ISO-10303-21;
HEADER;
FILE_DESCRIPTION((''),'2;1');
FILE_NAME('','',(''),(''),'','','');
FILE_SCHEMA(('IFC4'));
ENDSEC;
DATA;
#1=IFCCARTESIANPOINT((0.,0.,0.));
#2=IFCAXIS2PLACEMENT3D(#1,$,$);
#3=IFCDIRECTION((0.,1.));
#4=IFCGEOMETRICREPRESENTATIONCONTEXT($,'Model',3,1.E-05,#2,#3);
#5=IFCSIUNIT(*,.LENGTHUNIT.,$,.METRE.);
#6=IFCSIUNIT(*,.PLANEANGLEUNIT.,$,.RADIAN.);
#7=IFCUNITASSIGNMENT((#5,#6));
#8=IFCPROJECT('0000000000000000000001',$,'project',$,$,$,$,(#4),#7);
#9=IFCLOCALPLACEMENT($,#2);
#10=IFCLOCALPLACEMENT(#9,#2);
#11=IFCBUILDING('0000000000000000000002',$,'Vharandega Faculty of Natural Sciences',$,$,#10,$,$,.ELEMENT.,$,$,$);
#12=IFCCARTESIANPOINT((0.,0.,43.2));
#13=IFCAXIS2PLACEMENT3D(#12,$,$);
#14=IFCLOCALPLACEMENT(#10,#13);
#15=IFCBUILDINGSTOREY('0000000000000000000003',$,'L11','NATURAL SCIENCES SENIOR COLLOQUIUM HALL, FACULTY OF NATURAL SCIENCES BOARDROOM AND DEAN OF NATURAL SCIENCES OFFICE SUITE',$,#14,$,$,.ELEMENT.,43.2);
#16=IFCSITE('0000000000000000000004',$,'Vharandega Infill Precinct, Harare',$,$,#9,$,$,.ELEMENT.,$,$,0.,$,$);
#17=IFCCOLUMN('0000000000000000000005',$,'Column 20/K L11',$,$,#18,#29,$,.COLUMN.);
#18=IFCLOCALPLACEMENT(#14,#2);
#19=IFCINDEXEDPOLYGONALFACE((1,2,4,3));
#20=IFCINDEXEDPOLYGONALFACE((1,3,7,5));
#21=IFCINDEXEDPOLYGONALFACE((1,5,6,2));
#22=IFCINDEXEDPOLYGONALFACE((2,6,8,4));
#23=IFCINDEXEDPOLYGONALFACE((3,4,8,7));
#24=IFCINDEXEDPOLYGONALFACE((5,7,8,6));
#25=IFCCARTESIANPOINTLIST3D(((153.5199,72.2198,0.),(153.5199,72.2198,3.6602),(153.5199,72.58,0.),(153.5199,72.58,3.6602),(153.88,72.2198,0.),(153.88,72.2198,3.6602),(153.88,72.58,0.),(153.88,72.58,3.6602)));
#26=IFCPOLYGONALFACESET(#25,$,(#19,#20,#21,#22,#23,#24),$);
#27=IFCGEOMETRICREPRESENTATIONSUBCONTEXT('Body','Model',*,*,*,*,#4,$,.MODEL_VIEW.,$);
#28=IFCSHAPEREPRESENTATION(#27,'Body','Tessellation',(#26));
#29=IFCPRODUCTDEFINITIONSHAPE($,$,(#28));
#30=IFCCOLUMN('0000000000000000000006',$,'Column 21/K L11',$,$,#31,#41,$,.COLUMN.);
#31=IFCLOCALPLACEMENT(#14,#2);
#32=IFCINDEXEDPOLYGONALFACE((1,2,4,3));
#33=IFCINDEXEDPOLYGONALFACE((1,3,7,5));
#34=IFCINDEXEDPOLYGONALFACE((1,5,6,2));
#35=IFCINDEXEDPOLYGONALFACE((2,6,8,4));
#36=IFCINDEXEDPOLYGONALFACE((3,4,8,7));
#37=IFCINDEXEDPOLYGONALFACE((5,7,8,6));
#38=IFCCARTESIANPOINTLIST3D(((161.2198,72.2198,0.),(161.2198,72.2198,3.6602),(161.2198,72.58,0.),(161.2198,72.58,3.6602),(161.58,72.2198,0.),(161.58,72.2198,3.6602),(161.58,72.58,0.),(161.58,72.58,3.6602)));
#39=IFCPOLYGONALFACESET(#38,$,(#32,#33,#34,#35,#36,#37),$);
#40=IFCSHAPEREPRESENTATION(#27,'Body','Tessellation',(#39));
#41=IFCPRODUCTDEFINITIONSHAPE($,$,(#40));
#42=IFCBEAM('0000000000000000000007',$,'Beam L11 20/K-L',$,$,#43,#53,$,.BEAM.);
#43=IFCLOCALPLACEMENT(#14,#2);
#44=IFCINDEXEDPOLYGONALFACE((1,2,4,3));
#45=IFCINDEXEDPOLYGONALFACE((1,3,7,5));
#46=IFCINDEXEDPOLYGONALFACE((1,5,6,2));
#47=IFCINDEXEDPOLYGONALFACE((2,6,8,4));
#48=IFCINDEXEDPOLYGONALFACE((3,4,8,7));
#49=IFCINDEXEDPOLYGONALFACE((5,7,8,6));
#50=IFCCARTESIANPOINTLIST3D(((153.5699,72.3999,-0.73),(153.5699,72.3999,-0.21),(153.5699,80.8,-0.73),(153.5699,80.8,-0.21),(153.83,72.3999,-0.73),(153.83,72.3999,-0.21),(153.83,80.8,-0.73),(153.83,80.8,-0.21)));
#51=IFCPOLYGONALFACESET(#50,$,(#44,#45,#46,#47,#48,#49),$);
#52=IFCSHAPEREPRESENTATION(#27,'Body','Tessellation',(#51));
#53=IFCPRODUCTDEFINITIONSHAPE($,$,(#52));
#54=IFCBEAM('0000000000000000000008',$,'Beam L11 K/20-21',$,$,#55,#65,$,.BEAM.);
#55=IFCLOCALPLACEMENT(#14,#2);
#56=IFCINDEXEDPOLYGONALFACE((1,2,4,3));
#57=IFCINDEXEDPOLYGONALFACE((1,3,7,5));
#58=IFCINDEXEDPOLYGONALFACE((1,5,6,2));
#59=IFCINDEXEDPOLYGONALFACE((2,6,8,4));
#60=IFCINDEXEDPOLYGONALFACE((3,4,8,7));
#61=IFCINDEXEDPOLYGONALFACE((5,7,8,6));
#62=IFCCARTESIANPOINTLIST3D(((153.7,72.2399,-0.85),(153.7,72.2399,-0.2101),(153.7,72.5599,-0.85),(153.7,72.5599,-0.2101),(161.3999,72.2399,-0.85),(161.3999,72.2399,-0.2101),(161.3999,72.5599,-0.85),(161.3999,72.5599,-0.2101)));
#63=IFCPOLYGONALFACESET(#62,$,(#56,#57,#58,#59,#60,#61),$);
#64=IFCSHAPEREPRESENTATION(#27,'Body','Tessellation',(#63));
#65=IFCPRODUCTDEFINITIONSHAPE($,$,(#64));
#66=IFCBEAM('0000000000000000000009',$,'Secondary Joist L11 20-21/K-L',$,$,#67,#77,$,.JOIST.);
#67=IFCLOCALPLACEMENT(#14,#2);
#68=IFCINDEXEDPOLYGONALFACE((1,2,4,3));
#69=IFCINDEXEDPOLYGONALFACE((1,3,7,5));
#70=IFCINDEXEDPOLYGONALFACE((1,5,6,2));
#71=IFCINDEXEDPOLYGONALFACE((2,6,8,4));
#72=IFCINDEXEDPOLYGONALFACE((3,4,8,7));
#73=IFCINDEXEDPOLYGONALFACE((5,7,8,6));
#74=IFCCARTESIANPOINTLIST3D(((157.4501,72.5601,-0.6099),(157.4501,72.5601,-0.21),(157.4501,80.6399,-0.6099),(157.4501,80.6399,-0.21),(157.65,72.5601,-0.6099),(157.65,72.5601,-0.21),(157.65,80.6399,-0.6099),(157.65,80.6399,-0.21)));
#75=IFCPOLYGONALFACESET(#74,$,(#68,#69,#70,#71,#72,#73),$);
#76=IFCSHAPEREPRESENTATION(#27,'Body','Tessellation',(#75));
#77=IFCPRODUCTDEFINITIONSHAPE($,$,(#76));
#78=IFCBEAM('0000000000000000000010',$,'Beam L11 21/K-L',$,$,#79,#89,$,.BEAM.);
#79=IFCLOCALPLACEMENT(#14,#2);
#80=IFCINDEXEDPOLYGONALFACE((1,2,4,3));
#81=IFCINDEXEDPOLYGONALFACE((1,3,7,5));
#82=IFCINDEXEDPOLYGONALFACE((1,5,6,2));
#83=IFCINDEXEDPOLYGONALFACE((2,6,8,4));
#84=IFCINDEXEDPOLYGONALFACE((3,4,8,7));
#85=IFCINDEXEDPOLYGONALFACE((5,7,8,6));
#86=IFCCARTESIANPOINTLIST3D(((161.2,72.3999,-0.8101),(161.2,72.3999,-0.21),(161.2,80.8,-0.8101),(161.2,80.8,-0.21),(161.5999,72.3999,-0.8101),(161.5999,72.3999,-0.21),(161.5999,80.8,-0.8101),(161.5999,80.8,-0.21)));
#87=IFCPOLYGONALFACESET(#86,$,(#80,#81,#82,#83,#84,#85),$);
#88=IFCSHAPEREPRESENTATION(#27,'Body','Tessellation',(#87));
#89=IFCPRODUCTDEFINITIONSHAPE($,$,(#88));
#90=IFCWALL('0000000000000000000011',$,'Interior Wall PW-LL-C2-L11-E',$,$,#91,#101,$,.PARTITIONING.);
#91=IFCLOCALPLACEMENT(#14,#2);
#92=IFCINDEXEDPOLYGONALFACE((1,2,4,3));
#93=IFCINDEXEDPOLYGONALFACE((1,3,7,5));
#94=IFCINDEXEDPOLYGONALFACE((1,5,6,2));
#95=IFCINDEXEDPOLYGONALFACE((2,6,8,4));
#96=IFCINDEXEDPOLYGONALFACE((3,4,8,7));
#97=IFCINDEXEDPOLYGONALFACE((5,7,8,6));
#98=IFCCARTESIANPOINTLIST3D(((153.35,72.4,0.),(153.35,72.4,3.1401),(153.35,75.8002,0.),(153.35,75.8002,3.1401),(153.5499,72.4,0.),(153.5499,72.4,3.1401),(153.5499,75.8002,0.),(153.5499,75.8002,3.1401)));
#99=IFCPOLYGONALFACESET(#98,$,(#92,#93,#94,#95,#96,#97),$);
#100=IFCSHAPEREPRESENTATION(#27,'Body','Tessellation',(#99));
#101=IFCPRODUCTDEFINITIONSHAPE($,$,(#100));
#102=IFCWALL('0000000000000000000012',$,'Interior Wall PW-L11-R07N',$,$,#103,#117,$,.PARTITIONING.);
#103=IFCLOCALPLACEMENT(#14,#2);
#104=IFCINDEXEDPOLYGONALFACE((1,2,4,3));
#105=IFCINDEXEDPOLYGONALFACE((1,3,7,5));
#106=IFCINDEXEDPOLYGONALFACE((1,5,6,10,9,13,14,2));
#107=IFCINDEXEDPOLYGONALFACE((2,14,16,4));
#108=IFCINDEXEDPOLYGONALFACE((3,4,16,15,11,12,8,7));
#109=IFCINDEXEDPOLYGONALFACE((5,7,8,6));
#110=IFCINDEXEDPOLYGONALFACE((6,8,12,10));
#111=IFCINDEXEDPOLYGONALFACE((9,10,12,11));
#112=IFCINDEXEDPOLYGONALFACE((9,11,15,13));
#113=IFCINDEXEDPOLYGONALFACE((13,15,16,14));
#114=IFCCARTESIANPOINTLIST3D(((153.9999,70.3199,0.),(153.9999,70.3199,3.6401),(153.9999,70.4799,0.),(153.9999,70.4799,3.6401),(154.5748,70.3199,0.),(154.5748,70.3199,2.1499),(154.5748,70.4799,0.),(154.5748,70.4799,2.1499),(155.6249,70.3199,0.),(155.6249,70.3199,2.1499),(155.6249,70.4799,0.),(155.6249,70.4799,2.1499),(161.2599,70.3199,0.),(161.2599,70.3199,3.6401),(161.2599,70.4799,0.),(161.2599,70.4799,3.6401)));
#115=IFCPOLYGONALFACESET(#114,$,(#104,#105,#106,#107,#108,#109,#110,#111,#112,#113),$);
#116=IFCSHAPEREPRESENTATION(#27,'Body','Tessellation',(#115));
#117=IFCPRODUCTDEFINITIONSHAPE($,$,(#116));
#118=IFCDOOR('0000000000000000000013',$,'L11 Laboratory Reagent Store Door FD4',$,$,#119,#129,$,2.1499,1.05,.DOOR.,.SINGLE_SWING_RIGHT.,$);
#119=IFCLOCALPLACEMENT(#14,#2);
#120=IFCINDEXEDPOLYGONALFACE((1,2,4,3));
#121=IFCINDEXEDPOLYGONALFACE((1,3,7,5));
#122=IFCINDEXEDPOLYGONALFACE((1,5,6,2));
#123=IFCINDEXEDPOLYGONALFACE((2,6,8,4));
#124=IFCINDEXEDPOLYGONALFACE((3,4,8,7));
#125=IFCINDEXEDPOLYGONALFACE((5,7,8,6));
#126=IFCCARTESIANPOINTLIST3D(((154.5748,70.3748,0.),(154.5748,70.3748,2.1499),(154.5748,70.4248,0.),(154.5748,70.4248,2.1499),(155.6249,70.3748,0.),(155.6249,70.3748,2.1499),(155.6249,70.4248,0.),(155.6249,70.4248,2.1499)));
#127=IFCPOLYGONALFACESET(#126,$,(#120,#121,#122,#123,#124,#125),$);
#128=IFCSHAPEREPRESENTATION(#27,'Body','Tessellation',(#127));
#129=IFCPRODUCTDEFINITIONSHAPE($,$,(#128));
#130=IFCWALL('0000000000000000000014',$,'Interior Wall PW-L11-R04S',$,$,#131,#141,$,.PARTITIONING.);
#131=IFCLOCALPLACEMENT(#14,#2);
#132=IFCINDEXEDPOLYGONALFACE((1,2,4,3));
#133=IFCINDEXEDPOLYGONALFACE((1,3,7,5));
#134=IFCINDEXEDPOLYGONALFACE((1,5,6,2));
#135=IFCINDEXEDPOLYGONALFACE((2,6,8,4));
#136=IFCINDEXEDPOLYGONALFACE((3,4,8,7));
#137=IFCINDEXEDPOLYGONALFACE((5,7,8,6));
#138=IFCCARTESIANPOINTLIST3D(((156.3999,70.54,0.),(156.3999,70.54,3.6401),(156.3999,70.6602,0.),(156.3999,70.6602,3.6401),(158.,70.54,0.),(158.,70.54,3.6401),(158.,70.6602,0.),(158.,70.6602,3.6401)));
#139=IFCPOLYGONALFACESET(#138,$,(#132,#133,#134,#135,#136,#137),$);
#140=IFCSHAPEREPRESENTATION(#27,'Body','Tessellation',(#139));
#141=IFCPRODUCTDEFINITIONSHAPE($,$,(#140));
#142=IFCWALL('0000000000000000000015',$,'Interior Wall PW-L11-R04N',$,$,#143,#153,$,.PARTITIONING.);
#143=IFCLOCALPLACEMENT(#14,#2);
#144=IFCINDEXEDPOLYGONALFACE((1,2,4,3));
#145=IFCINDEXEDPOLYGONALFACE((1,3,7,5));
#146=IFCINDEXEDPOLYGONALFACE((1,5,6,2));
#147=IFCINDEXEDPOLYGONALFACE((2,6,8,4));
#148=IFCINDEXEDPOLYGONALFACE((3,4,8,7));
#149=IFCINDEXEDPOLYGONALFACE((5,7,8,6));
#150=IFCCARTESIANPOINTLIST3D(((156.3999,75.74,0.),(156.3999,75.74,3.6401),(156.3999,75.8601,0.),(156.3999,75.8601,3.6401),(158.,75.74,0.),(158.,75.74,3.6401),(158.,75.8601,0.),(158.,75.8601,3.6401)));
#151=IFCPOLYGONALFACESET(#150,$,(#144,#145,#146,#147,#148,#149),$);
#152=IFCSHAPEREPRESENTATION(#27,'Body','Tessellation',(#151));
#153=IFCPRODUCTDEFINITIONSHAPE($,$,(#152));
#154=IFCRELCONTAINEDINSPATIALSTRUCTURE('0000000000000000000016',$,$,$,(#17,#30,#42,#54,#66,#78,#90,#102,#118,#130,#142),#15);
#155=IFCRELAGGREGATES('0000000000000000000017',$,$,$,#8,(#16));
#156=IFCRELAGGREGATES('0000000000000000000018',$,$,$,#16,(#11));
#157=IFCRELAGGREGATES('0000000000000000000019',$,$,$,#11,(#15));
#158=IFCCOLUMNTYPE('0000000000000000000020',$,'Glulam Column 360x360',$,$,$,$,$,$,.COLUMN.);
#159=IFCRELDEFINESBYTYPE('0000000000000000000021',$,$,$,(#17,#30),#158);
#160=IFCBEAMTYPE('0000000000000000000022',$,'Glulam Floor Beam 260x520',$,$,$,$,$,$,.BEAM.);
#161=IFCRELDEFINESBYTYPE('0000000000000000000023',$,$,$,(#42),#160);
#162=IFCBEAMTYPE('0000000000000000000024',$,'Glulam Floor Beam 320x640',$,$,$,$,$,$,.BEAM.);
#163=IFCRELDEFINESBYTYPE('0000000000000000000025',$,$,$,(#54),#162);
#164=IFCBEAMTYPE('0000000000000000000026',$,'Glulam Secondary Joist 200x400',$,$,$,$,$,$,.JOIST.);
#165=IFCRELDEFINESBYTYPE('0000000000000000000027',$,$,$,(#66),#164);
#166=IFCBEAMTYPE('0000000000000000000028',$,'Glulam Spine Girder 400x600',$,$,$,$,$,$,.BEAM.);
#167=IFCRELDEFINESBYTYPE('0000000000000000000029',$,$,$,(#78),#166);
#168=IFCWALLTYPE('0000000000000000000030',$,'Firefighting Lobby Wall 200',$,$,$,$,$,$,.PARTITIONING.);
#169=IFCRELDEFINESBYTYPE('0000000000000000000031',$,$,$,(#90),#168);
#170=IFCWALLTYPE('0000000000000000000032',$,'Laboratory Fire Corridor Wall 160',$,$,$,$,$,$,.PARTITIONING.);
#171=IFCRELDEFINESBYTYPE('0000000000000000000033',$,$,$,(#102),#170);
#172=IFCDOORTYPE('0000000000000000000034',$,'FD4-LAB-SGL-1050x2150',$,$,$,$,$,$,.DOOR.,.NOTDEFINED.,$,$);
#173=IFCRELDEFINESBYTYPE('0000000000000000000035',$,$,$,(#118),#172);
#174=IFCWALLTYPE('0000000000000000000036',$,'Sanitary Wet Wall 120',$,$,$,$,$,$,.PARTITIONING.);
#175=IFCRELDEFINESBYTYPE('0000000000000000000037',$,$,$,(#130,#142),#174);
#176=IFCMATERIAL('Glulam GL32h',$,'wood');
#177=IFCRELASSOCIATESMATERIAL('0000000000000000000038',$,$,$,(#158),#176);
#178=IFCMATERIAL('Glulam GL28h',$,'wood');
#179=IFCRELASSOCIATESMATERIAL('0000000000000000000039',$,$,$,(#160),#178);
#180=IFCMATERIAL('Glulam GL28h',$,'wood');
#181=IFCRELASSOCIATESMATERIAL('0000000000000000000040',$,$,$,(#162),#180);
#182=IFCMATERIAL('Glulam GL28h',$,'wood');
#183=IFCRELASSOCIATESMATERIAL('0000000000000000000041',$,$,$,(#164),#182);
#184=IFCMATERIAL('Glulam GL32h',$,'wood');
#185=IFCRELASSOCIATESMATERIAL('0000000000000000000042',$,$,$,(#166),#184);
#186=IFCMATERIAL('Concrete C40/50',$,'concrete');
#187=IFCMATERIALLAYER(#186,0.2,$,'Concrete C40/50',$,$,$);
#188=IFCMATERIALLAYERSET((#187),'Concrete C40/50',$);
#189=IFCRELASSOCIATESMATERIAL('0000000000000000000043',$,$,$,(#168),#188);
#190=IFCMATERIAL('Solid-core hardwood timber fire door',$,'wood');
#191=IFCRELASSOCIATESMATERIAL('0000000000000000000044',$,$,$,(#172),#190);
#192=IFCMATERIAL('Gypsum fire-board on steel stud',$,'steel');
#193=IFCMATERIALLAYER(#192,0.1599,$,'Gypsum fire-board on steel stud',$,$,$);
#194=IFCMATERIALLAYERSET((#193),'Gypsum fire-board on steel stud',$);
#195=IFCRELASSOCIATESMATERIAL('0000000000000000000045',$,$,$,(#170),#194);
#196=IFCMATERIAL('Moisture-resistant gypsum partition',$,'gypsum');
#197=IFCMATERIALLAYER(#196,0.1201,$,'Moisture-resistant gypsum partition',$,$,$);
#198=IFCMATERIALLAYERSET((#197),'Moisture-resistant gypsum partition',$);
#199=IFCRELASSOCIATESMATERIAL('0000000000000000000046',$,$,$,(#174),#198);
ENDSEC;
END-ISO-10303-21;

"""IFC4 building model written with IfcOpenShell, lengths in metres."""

from ifc_helpers import new_model, si_unit, direction, frame, frame_2d, origin, origin_2d, place, context, subcontext, project, spatial, rectangle, extrude, material, layer, layer_set, material_profile, profile_set, type_object, element, fill, save


model = new_model("IFC4")

# Units and contexts
model_context = context("Model", 3, precision=1e-05, world=origin(), true_north=direction((0.0, 1.0)))
body_context = subcontext(model_context, "Body", "Model", "MODEL_VIEW")
ifc_project = project(units=[si_unit("LENGTHUNIT", "METRE"), si_unit("PLANEANGLEUNIT", "RADIAN")], contexts=[model_context])

# Site, building, storey
site_placement = place(None, origin())
site = spatial("IfcSite", under=ifc_project, at=site_placement, Name="Vharandega Infill Precinct, Harare", CompositionType="ELEMENT", RefElevation=0.0)
building_placement = place(site_placement, origin())
building = spatial("IfcBuilding", under=site, at=building_placement, Name="Vharandega Faculty of Natural Sciences", CompositionType="ELEMENT")
storey_placement = place(building_placement, frame((0.0, 0.0, 43.2)))
storey = spatial("IfcBuildingStorey", under=building, at=storey_placement, Name="L11", Description="NATURAL SCIENCES SENIOR COLLOQUIUM HALL, FACULTY OF NATURAL SCIENCES BOARDROOM AND DEAN OF NATURAL SCIENCES OFFICE SUITE", CompositionType="ELEMENT", Elevation=43.2)

# Columns
ifc_material_1 = material(Name="Glulam GL32h", Category="wood")
ifc_material_profile_1 = material_profile(ifc_material_1, rectangle(XDim=0.3601, YDim=0.3601, at=origin_2d()), Name="GL32h 360x360")
ifc_profile_set_1 = profile_set([ifc_material_profile_1], Name="Glulam GL32h")
column_type = type_object("IfcColumnType", Name="Glulam Column 360x360", PredefinedType="COLUMN", material=ifc_profile_set_1)
for number, where, z_axis, x_axis, name in (
    (1, (153.7, 72.3999, 0.0), (0.0, 0.0, 1.0), (1.0, 0.0, 0.0), "Column 20/K L11"),
    (2, (161.3999, 72.3999, 0.0), (0.0, 0.0, 1.0), (1.0, 0.0, 0.0), "Column 21/K L11"),
):
    element("IfcColumn", number, at=place(storey_placement, frame(where, z_axis=z_axis, x_axis=x_axis)), inside=storey, type_object=column_type, Name=name, PredefinedType="COLUMN", context=body_context, shape_type="SweptSolid", body=[
        extrude(rectangle(XDim=0.3601, YDim=0.3601, at=origin_2d()), origin(), (0.0, 0.0, 1.0), 3.6602),
    ])

# Beams
ifc_material_2 = material(Name="Glulam GL28h", Category="wood")
ifc_material_profile_2 = material_profile(ifc_material_2, rectangle(XDim=0.26, YDim=0.52, at=origin_2d()), Name="GL28h 260x520")
ifc_profile_set_2 = profile_set([ifc_material_profile_2], Name="Glulam GL28h")
beam_type_1 = type_object("IfcBeamType", Name="Glulam Floor Beam 260x520", PredefinedType="BEAM", material=ifc_profile_set_2)
beam_1_placement = place(storey_placement, frame((153.7, 72.3999, -0.47), z_axis=(0.0, 1.0, 0.0), x_axis=(-1.0, 0.0, 0.0)))
element("IfcBeam", 3, at=beam_1_placement, inside=storey, type_object=beam_type_1, Name="Beam L11 20/K-L", PredefinedType="BEAM", context=body_context, shape_type="SweptSolid", body=[
    extrude(rectangle(XDim=0.26, YDim=0.52, at=origin_2d()), origin(), (0.0, 0.0, 1.0), 8.4001),
])
ifc_material_3 = material(Name="Glulam GL28h", Category="wood")
ifc_material_profile_3 = material_profile(ifc_material_3, rectangle(XDim=0.3201, YDim=0.6399, at=origin_2d()), Name="GL28h 320x640")
ifc_profile_set_3 = profile_set([ifc_material_profile_3], Name="Glulam GL28h")
beam_type_2 = type_object("IfcBeamType", Name="Glulam Floor Beam 320x640", PredefinedType="BEAM", material=ifc_profile_set_3)
beam_2_placement = place(storey_placement, frame((153.7, 72.3999, -0.53), z_axis=(1.0, 0.0, 0.0), x_axis=(0.0, 1.0, 0.0)))
element("IfcBeam", 4, at=beam_2_placement, inside=storey, type_object=beam_type_2, Name="Beam L11 K/20-21", PredefinedType="BEAM", context=body_context, shape_type="SweptSolid", body=[
    extrude(rectangle(XDim=0.3201, YDim=0.6399, at=origin_2d()), origin(), (0.0, 0.0, 1.0), 7.7),
])
ifc_material_4 = material(Name="Glulam GL28h", Category="wood")
ifc_material_profile_4 = material_profile(ifc_material_4, rectangle(XDim=0.2, YDim=0.3999, at=origin_2d()), Name="GL28h 200x400")
ifc_profile_set_4 = profile_set([ifc_material_profile_4], Name="Glulam GL28h")
beam_type_3 = type_object("IfcBeamType", Name="Glulam Secondary Joist 200x400", PredefinedType="JOIST", material=ifc_profile_set_4)
beam_3_placement = place(storey_placement, frame((157.55, 72.5601, -0.4099), z_axis=(0.0, 1.0, 0.0), x_axis=(-1.0, 0.0, 0.0)))
element("IfcBeam", 5, at=beam_3_placement, inside=storey, type_object=beam_type_3, Name="Secondary Joist L11 20-21/K-L", PredefinedType="JOIST", context=body_context, shape_type="SweptSolid", body=[
    extrude(rectangle(XDim=0.2, YDim=0.3999, at=origin_2d()), origin(), (0.0, 0.0, 1.0), 8.0798),
])
ifc_material_5 = material(Name="Glulam GL32h", Category="wood")
ifc_material_profile_5 = material_profile(ifc_material_5, rectangle(XDim=0.3999, YDim=0.6001, at=origin_2d()), Name="GL32h 400x600")
ifc_profile_set_5 = profile_set([ifc_material_profile_5], Name="Glulam GL32h")
beam_type_4 = type_object("IfcBeamType", Name="Glulam Spine Girder 400x600", PredefinedType="BEAM", material=ifc_profile_set_5)
beam_4_placement = place(storey_placement, frame((161.3999, 72.3999, -0.51), z_axis=(0.0, 1.0, 0.0), x_axis=(-1.0, 0.0, 0.0)))
element("IfcBeam", 6, at=beam_4_placement, inside=storey, type_object=beam_type_4, Name="Beam L11 21/K-L", PredefinedType="BEAM", context=body_context, shape_type="SweptSolid", body=[
    extrude(rectangle(XDim=0.3999, YDim=0.6001, at=origin_2d()), origin(), (0.0, 0.0, 1.0), 8.4001),
])

# Shared definitions
ifc_material_6 = material(Name="Concrete C40/50", Category="concrete")
ifc_layer_1 = layer(ifc_material_6, 0.2, Name="Concrete C40/50")
ifc_layer_set_1 = layer_set([ifc_layer_1], Name="Concrete C40/50")
wall_type_1 = type_object("IfcWallType", Name="Firefighting Lobby Wall 200", PredefinedType="PARTITIONING", material=ifc_layer_set_1)
ifc_material_7 = material(Name="Solid-core hardwood timber fire door", Category="wood")
door_type_1 = type_object("IfcDoorType", Name="FD4-LAB-SGL-1050x2150", OperationType="NOTDEFINED", PredefinedType="DOOR", material=ifc_material_7)

# Wall
wall_1_placement = place(storey_placement, frame((153.45, 72.3999, 0.0), z_axis=(0.0, 0.0, 1.0), x_axis=(0.0, 1.0, 0.0)))
element("IfcWall", 7, at=wall_1_placement, inside=storey, type_object=wall_type_1, Name="Interior Wall PW-LL-C2-L11-E", PredefinedType="PARTITIONING", context=body_context, shape_type="SweptSolid", body=[
    extrude(rectangle(XDim=3.4001, YDim=0.2, at=frame_2d((1.7002, 0.0))), origin(), (0.0, 0.0, 1.0), 3.1401),
])

# Wall, opening, door
ifc_material_8 = material(Name="Gypsum fire-board on steel stud", Category="steel")
ifc_layer_2 = layer(ifc_material_8, 0.1599, Name="Gypsum fire-board on steel stud")
ifc_layer_set_2 = layer_set([ifc_layer_2], Name="Gypsum fire-board on steel stud")
wall_type_2 = type_object("IfcWallType", Name="Laboratory Fire Corridor Wall 160", PredefinedType="PARTITIONING", material=ifc_layer_set_2)
wall_2_placement = place(storey_placement, frame((154.0, 70.3999, 0.0), z_axis=(0.0, 0.0, 1.0), x_axis=(1.0, 0.0, 0.0)))
wall_2 = element("IfcWall", 8, at=wall_2_placement, inside=storey, type_object=wall_type_2, Name="Interior Wall PW-L11-R07N", PredefinedType="PARTITIONING", context=body_context, shape_type="SweptSolid", body=[
    extrude(rectangle(XDim=7.26, YDim=0.1599, at=frame_2d((3.6299, 0.0))), origin(), (0.0, 0.0, 1.0), 3.6401),
])
opening_1_placement = place(wall_2_placement, frame((0.575, 0.0, 0.0)))
opening_1 = element("IfcOpeningElement", 9, at=opening_1_placement, cuts=wall_2, PredefinedType="OPENING", context=body_context, shape_type="SweptSolid", body=[
    extrude(rectangle(XDim=1.05, YDim=2.1499, at=frame_2d((0.5249, 1.075))), frame((0.0, 0.0898, 0.0), z_axis=(0.0, -1.0, 0.0), x_axis=(1.0, 0.0, 0.0)), (0.0, 0.0, 1.0), 0.1799),
])
door_1_placement = place(opening_1_placement, origin())
door_1 = element("IfcDoor", 10, at=door_1_placement, inside=storey, type_object=door_type_1, Name="L11 Laboratory Reagent Store Door FD4", OperationType="SINGLE_SWING_RIGHT", OverallHeight=2.1499, OverallWidth=1.05, PredefinedType="DOOR", context=body_context, shape_type="SweptSolid", body=[
    extrude(rectangle(XDim=1.05, YDim=2.1499, at=frame_2d((0.5249, 1.075))), frame((0.0, 0.0249, 0.0), z_axis=(0.0, -1.0, 0.0), x_axis=(1.0, 0.0, 0.0)), (0.0, 0.0, 1.0), 0.05),
])
fill(opening_1, door_1)

# Walls
ifc_material_9 = material(Name="Moisture-resistant gypsum partition", Category="gypsum")
ifc_layer_3 = layer(ifc_material_9, 0.1201, Name="Moisture-resistant gypsum partition")
ifc_layer_set_3 = layer_set([ifc_layer_3], Name="Moisture-resistant gypsum partition")
wall_type_3 = type_object("IfcWallType", Name="Sanitary Wet Wall 120", PredefinedType="PARTITIONING", material=ifc_layer_set_3)
for number, where, z_axis, x_axis, name in (
    (11, (156.3999, 70.6001, 0.0), (0.0, 0.0, 1.0), (1.0, 0.0, 0.0), "Interior Wall PW-L11-R04S"),
    (12, (156.3999, 75.8, 0.0), (0.0, 0.0, 1.0), (1.0, 0.0, 0.0), "Interior Wall PW-L11-R04N"),
):
    element("IfcWall", number, at=place(storey_placement, frame(where, z_axis=z_axis, x_axis=x_axis)), inside=storey, type_object=wall_type_3, Name=name, PredefinedType="PARTITIONING", context=body_context, shape_type="SweptSolid", body=[
        extrude(rectangle(XDim=1.6001, YDim=0.1201, at=frame_2d((0.8, 0.0))), origin(), (0.0, 0.0, 1.0), 3.6401),
    ])

save(model, "model.ifc")
